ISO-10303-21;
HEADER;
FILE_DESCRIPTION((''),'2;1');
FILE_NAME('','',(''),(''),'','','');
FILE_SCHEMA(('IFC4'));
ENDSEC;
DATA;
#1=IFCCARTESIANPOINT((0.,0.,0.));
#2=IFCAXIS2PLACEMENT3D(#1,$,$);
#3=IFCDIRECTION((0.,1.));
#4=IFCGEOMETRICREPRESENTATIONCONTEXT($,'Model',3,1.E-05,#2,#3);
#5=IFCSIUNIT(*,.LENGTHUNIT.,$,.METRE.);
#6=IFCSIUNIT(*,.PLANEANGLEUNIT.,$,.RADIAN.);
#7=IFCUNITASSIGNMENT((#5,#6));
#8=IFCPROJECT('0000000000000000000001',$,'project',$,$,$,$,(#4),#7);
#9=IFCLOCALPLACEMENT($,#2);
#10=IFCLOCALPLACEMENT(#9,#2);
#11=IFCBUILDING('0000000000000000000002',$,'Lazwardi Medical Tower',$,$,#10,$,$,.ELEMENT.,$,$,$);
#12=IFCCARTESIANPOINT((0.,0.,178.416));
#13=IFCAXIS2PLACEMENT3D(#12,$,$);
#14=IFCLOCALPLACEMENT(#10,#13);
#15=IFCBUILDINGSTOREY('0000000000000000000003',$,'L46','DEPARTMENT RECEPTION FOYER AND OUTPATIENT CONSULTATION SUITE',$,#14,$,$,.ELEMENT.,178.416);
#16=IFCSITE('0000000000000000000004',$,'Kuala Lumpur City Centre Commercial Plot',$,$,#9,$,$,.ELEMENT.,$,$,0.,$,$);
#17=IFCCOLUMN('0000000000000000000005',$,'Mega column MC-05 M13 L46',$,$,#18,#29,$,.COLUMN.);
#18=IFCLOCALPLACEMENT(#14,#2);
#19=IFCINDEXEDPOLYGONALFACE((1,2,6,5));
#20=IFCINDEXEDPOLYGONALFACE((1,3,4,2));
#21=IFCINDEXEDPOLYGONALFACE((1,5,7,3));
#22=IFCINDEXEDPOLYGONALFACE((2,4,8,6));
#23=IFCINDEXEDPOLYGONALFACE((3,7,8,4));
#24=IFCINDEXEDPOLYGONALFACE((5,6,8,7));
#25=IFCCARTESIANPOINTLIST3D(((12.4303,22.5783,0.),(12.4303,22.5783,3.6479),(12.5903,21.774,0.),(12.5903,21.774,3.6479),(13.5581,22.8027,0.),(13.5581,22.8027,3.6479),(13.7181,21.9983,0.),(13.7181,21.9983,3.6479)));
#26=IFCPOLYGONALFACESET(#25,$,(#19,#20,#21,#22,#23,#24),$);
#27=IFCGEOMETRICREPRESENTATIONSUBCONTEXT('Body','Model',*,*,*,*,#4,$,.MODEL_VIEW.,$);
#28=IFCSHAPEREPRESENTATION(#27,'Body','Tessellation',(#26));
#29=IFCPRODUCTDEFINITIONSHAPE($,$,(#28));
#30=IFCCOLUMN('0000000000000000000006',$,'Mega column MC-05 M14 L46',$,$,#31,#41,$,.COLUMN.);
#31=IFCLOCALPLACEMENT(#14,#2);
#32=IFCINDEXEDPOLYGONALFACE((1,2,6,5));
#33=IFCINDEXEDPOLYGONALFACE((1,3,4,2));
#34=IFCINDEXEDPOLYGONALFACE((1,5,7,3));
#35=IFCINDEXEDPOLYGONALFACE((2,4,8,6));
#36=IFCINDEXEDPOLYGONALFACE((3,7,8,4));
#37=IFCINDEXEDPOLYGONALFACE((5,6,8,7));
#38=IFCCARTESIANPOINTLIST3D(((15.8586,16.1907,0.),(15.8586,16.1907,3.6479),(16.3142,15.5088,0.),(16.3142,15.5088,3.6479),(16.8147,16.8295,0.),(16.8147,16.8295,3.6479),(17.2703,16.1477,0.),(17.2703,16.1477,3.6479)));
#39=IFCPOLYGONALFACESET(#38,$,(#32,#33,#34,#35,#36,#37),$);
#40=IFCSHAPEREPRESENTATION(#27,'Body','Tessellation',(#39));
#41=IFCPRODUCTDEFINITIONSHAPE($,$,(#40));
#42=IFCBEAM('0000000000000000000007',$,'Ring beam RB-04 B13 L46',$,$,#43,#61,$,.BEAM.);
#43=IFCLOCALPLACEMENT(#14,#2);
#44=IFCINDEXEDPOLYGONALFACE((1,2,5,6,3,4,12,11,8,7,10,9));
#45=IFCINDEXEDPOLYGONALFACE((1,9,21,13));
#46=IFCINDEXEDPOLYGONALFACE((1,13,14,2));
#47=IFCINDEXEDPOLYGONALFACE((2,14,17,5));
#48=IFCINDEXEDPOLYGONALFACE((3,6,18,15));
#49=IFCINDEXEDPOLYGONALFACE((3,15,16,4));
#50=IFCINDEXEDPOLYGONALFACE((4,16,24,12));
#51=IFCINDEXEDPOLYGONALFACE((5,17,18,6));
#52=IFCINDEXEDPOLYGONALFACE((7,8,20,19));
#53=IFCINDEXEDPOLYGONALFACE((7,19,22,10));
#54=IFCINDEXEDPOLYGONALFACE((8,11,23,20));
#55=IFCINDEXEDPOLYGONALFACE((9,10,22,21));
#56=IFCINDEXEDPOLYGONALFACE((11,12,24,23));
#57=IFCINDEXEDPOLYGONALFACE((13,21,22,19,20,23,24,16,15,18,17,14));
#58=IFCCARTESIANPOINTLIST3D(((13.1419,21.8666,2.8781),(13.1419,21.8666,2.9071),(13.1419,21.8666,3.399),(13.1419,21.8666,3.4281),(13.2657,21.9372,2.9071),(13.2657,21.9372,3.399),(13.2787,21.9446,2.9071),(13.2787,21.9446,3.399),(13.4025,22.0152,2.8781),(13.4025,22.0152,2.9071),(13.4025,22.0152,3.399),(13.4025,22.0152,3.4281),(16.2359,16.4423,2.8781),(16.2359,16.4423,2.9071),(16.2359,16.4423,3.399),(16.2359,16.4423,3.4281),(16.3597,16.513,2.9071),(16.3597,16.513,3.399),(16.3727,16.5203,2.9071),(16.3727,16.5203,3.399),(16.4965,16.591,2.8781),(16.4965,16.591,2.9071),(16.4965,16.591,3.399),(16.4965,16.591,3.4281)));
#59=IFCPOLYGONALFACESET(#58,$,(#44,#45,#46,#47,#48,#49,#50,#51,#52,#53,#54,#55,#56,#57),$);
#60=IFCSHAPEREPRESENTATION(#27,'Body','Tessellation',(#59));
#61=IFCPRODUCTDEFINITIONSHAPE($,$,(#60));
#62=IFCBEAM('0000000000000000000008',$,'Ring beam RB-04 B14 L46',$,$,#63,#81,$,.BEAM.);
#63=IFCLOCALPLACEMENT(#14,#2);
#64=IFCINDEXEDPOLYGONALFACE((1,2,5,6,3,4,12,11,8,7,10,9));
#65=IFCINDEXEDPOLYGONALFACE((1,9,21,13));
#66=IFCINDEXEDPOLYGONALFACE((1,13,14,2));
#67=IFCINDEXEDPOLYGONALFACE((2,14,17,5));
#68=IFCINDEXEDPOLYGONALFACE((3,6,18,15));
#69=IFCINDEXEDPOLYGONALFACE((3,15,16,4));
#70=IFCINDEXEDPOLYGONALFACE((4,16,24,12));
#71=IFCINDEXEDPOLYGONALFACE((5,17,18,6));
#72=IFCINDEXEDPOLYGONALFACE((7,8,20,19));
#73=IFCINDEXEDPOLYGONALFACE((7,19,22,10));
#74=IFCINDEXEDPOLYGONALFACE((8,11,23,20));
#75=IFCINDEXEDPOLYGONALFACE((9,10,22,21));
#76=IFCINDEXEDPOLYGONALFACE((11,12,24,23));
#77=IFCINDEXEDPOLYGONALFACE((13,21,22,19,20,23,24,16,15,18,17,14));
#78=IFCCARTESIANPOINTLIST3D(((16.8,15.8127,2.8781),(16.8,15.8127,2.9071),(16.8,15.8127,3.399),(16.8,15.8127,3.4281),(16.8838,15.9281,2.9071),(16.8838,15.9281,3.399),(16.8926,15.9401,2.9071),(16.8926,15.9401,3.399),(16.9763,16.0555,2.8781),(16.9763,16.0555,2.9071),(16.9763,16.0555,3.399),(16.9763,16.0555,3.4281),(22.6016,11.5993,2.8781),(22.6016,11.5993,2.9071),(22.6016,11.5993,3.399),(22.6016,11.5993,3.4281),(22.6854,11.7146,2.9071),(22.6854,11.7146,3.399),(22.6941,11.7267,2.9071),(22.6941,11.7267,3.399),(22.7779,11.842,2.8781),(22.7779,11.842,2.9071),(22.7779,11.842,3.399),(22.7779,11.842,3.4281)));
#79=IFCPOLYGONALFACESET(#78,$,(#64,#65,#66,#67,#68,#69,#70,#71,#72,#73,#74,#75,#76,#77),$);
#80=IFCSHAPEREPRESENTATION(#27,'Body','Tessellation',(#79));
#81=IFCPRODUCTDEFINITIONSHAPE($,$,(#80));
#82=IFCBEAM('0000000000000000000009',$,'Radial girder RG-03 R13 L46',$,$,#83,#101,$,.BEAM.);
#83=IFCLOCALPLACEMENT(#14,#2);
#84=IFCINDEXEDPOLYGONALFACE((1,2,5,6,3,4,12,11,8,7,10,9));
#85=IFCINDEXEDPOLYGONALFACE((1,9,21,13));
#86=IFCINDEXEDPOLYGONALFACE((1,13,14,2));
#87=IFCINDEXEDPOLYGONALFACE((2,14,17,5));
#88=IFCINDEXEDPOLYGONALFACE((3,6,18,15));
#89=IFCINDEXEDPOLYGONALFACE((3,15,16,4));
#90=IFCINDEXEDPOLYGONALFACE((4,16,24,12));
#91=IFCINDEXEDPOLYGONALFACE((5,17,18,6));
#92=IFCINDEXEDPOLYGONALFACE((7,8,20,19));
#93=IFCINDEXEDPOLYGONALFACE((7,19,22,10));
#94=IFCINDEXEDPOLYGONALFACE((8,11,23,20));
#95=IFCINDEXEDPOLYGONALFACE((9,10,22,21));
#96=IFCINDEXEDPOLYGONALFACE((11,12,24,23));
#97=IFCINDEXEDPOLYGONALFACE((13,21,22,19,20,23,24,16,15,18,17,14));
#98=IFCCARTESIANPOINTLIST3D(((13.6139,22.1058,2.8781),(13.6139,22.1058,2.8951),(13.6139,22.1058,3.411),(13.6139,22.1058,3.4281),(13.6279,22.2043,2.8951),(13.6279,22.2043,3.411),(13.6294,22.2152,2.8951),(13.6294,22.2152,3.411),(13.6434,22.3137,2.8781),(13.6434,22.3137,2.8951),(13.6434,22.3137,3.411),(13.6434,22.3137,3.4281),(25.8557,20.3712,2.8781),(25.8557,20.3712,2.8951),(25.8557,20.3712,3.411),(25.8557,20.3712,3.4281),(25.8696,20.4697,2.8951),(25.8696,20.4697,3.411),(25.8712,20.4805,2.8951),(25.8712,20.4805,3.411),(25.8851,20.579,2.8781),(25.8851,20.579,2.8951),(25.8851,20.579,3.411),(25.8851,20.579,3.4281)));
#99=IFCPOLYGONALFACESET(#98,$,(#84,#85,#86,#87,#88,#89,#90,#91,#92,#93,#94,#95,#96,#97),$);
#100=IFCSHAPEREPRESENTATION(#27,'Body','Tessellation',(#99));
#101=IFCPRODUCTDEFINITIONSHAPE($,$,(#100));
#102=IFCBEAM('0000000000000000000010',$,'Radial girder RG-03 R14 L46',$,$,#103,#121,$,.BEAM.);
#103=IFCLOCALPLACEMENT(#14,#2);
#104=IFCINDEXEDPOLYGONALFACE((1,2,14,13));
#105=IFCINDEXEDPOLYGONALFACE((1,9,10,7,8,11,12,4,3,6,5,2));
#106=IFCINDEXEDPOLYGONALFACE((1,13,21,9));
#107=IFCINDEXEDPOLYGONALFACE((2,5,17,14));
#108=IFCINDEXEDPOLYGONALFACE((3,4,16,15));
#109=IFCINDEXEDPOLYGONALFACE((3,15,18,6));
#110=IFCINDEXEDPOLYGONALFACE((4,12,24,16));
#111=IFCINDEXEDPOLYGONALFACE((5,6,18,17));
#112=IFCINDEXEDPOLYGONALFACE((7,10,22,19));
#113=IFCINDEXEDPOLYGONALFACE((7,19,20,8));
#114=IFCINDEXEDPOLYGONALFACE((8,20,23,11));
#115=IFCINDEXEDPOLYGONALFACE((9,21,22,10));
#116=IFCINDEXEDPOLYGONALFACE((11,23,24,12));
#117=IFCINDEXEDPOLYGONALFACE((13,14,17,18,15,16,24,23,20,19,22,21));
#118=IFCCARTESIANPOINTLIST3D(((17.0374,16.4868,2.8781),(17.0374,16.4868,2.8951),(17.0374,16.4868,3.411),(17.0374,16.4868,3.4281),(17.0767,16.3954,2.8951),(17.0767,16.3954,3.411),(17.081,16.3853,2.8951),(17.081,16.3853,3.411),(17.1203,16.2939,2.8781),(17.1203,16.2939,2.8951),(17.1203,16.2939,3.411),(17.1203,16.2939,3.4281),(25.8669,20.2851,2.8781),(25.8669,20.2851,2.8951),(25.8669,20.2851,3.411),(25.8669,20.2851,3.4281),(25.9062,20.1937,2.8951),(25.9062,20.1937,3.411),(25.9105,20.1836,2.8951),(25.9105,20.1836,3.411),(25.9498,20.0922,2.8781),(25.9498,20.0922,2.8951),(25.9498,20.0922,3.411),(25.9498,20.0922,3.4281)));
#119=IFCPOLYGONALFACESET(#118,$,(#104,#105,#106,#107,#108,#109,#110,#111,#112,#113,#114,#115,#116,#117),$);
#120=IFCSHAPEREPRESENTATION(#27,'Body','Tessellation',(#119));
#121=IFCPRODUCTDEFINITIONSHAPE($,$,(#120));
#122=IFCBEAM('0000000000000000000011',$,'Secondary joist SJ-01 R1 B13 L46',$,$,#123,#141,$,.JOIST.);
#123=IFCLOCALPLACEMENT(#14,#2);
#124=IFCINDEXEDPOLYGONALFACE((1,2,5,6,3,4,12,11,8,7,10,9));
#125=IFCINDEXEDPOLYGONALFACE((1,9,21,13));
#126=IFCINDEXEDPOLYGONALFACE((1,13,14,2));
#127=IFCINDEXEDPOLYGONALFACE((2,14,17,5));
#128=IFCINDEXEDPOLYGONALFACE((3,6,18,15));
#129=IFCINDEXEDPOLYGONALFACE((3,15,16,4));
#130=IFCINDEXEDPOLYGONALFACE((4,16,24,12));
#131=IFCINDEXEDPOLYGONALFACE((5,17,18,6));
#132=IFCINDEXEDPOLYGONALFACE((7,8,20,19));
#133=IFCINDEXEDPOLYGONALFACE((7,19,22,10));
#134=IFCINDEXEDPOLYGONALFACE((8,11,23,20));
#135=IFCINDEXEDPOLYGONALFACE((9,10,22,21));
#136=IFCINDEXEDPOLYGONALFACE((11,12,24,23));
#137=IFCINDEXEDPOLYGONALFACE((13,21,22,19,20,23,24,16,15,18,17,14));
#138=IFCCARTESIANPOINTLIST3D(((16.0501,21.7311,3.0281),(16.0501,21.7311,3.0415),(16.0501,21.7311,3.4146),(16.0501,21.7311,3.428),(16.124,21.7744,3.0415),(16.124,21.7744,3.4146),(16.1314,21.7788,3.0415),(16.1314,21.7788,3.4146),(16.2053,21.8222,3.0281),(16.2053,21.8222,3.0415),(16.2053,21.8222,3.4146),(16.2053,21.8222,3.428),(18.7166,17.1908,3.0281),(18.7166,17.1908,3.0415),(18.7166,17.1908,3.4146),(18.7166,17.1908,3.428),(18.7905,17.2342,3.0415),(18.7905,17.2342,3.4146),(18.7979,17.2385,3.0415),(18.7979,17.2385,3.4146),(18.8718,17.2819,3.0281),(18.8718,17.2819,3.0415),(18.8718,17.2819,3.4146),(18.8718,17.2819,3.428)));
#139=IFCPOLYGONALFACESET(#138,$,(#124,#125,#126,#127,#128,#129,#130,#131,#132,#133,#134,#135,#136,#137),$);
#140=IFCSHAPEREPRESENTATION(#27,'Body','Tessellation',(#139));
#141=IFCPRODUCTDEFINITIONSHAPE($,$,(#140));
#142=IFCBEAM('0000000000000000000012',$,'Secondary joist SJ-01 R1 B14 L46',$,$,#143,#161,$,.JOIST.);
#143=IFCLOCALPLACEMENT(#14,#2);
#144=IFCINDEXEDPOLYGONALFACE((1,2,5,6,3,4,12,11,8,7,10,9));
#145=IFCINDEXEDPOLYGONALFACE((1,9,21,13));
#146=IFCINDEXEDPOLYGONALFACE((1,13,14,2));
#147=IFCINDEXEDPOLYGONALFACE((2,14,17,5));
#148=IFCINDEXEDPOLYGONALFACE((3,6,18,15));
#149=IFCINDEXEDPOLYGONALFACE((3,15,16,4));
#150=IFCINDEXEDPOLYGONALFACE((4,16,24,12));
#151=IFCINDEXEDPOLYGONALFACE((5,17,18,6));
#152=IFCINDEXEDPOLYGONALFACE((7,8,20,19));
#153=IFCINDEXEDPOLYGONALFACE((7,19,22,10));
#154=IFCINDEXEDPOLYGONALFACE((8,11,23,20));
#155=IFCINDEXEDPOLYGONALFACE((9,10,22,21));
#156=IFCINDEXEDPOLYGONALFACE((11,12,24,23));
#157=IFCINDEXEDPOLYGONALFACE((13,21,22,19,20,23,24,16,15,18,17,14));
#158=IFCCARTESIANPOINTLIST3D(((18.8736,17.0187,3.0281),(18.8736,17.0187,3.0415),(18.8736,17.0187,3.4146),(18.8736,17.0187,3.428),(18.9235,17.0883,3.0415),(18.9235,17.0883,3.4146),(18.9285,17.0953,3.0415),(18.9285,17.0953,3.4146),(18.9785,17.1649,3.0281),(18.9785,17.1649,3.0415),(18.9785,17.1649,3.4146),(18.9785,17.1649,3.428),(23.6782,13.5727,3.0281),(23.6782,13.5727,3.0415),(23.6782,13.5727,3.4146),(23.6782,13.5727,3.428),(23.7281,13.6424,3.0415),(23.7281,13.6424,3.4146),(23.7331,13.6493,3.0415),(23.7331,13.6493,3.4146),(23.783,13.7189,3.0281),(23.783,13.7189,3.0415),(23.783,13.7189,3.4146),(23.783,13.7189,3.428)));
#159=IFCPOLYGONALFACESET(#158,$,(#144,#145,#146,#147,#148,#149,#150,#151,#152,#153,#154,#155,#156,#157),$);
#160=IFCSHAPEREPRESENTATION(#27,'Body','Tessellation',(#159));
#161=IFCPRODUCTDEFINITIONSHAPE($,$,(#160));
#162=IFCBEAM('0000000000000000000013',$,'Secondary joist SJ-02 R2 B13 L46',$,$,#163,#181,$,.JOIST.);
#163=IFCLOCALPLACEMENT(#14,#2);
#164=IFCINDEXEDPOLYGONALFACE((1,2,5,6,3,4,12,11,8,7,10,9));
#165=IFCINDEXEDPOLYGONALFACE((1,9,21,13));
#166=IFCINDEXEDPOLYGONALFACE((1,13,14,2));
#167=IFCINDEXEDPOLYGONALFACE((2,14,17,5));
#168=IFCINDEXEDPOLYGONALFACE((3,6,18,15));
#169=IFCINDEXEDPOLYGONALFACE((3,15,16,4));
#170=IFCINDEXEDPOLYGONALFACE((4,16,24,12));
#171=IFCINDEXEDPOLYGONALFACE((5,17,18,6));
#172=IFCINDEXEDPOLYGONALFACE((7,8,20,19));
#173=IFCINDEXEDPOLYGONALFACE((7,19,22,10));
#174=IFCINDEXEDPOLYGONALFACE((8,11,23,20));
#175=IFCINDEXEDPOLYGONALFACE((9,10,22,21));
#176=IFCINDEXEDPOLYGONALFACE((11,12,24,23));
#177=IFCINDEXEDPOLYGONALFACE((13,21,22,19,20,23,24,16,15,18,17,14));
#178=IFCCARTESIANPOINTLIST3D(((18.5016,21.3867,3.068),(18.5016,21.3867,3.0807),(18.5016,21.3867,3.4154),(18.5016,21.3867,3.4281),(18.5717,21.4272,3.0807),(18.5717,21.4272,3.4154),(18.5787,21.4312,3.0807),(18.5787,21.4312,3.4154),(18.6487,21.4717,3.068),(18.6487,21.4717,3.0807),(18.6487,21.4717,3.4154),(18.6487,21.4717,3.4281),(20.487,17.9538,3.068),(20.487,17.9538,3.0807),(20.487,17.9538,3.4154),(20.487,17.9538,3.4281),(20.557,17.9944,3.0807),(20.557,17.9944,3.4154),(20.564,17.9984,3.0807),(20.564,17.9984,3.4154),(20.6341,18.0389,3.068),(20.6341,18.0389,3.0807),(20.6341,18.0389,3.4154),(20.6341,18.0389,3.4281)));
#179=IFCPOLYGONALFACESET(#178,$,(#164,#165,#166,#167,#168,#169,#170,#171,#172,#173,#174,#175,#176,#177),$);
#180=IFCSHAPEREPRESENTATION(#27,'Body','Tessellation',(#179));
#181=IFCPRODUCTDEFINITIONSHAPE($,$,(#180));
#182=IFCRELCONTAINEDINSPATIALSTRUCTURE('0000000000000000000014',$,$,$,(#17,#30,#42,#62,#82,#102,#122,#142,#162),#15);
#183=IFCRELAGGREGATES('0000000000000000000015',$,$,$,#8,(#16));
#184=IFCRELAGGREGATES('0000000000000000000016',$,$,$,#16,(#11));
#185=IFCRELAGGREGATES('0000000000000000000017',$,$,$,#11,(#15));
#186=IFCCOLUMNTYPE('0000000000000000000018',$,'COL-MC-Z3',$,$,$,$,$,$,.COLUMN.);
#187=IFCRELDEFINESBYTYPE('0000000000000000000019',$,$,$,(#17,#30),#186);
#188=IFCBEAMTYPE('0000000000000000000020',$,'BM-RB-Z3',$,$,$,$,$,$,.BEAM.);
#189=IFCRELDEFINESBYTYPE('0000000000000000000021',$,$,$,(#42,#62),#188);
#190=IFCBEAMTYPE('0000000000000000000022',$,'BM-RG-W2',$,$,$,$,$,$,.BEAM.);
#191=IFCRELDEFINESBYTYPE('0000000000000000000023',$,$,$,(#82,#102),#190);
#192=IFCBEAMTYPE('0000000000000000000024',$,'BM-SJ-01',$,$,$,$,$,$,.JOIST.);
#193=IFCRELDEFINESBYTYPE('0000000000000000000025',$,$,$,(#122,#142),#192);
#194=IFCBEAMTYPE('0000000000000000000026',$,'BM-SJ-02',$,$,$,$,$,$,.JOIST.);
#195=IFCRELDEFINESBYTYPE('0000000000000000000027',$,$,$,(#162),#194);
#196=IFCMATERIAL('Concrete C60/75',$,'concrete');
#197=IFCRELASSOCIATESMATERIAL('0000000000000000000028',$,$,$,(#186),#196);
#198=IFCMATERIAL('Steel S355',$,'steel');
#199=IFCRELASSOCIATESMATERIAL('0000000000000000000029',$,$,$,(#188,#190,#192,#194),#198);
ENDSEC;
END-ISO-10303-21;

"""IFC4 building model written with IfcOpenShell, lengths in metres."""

from ifc_helpers import new_model, si_unit, direction, frame, origin, origin_2d, place, context, subcontext, project, spatial, rectangle, i_section, extrude, material, material_profile, profile_set, type_object, element, save


model = new_model("IFC4")

# Units and contexts
model_context = context("Model", 3, precision=1e-05, world=origin(), true_north=direction((0.0, 1.0)))
body_context = subcontext(model_context, "Body", "Model", "MODEL_VIEW")
ifc_project = project(units=[si_unit("LENGTHUNIT", "METRE"), si_unit("PLANEANGLEUNIT", "RADIAN")], contexts=[model_context])

# Site, building, storey
site_placement = place(None, origin())
site = spatial("IfcSite", under=ifc_project, at=site_placement, Name="Kuala Lumpur City Centre Commercial Plot", CompositionType="ELEMENT", RefElevation=0.0)
building_placement = place(site_placement, origin())
building = spatial("IfcBuilding", under=site, at=building_placement, Name="Lazwardi Medical Tower", CompositionType="ELEMENT")
storey_placement = place(building_placement, frame((0.0, 0.0, 178.416)))
storey = spatial("IfcBuildingStorey", under=building, at=storey_placement, Name="L46", Description="DEPARTMENT RECEPTION FOYER AND OUTPATIENT CONSULTATION SUITE", CompositionType="ELEMENT", Elevation=178.416)

# Columns
ifc_material_1 = material(Name="Concrete C60/75", Category="concrete")
ifc_material_profile_1 = material_profile(ifc_material_1, rectangle(XDim=1.1499, YDim=0.8201, at=origin_2d()), Name="CFT-RECT 1150x820")
ifc_profile_set_1 = profile_set([ifc_material_profile_1], Name="Concrete C60/75")
column_type = type_object("IfcColumnType", Name="COL-MC-Z3", PredefinedType="COLUMN", material=ifc_profile_set_1)
for number, where, z_axis, x_axis, name in (
    (1, (13.0742, 22.2883, 0.0), (0.0, 0.0, 1.0), (-0.980785, -0.19509, 0.0), "Mega column MC-05 M13 L46"),
    (2, (16.5645, 16.1692, 0.0), (0.0, 0.0, 1.0), (-0.83147, -0.55557, 0.0), "Mega column MC-05 M14 L46"),
):
    element("IfcColumn", number, at=place(storey_placement, frame(where, z_axis=z_axis, x_axis=x_axis)), inside=storey, type_object=column_type, Name=name, PredefinedType="COLUMN", context=body_context, shape_type="SweptSolid", body=[
        extrude(rectangle(XDim=1.1499, YDim=0.8201, at=origin_2d()), origin(), (0.0, 0.0, 1.0), 3.6479),
    ])

# Beams
ifc_material_2 = material(Name="Steel S355", Category="steel")
ifc_material_profile_2 = material_profile(ifc_material_2, i_section(OverallWidth=0.3, OverallDepth=0.55, WebThickness=0.0149, FlangeThickness=0.0291, at=origin_2d()), Name="HEB 550")
ifc_profile_set_2 = profile_set([ifc_material_profile_2], Name="Steel S355")
beam_type_1 = type_object("IfcBeamType", Name="BM-RB-Z3", PredefinedType="BEAM", material=ifc_profile_set_2)
beam_1_placement = place(storey_placement, frame((13.2722, 21.9409, 3.1531), z_axis=(0.495461, -0.86863, 0.0), x_axis=(0.86863, 0.495461, 0.0)))
element("IfcBeam", 3, at=beam_1_placement, inside=storey, type_object=beam_type_1, Name="Ring beam RB-04 B13 L46", PredefinedType="BEAM", context=body_context, shape_type="SweptSolid", body=[
    extrude(i_section(OverallWidth=0.3, OverallDepth=0.55, WebThickness=0.0149, FlangeThickness=0.0291, at=origin_2d()), origin(), (0.0, 0.0, 1.0), 6.2446),
])
beam_2_placement = place(storey_placement, frame((16.8882, 15.9341, 3.1531), z_axis=(0.809128, -0.587633, 0.0), x_axis=(0.587633, 0.809128, 0.0)))
element("IfcBeam", 4, at=beam_2_placement, inside=storey, type_object=beam_type_1, Name="Ring beam RB-04 B14 L46", PredefinedType="BEAM", context=body_context, shape_type="SweptSolid", body=[
    extrude(i_section(OverallWidth=0.3, OverallDepth=0.55, WebThickness=0.0149, FlangeThickness=0.0291, at=origin_2d()), origin(), (0.0, 0.0, 1.0), 7.1702),
])
ifc_material_profile_3 = material_profile(ifc_material_2, i_section(OverallWidth=0.21, OverallDepth=0.55, WebThickness=0.011, FlangeThickness=0.0171, at=origin_2d()), Name="IPE 550")
ifc_profile_set_3 = profile_set([ifc_material_profile_3], Name="Steel S355")
beam_type_2 = type_object("IfcBeamType", Name="BM-RG-W2", PredefinedType="BEAM", material=ifc_profile_set_3)
beam_3_placement = place(storey_placement, frame((13.6287, 22.2097, 3.1531), z_axis=(0.99011, -0.140296, 0.0), x_axis=(0.140296, 0.99011, 0.0)))
element("IfcBeam", 5, at=beam_3_placement, inside=storey, type_object=beam_type_2, Name="Radial girder RG-03 R13 L46", PredefinedType="BEAM", context=body_context, shape_type="SweptSolid", body=[
    extrude(i_section(OverallWidth=0.21, OverallDepth=0.55, WebThickness=0.011, FlangeThickness=0.0171, at=origin_2d()), origin(), (0.0, 0.0, 1.0), 12.364),
])
beam_4_placement = place(storey_placement, frame((17.0789, 16.3904, 3.1531), z_axis=(0.918608, 0.39517, 0.0), x_axis=(-0.39517, 0.918608, 0.0)))
element("IfcBeam", 6, at=beam_4_placement, inside=storey, type_object=beam_type_2, Name="Radial girder RG-03 R14 L46", PredefinedType="BEAM", context=body_context, shape_type="SweptSolid", body=[
    extrude(i_section(OverallWidth=0.21, OverallDepth=0.55, WebThickness=0.011, FlangeThickness=0.0171, at=origin_2d()), origin(), (0.0, 0.0, 1.0), 9.6118),
])
ifc_material_profile_4 = material_profile(ifc_material_2, i_section(OverallWidth=0.1799, OverallDepth=0.3999, WebThickness=0.0085, FlangeThickness=0.0134, at=origin_2d()), Name="IPE 400")
ifc_profile_set_4 = profile_set([ifc_material_profile_4], Name="Steel S355")
beam_type_3 = type_object("IfcBeamType", Name="BM-SJ-01", PredefinedType="JOIST", material=ifc_profile_set_4)
beam_5_placement = place(storey_placement, frame((16.1277, 21.7766, 3.228), z_axis=(0.50642, -0.862287, 0.0), x_axis=(0.862287, 0.50642, 0.0)))
element("IfcBeam", 7, at=beam_5_placement, inside=storey, type_object=beam_type_3, Name="Secondary joist SJ-01 R1 B13 L46", PredefinedType="JOIST", context=body_context, shape_type="SweptSolid", body=[
    extrude(i_section(OverallWidth=0.1799, OverallDepth=0.3999, WebThickness=0.0085, FlangeThickness=0.0134, at=origin_2d()), origin(), (0.0, 0.0, 1.0), 5.2654),
])
beam_6_placement = place(storey_placement, frame((18.926, 17.0918, 3.228), z_axis=(0.812602, -0.582819, 0.0), x_axis=(0.582819, 0.812602, 0.0)))
element("IfcBeam", 8, at=beam_6_placement, inside=storey, type_object=beam_type_3, Name="Secondary joist SJ-01 R1 B14 L46", PredefinedType="JOIST", context=body_context, shape_type="SweptSolid", body=[
    extrude(i_section(OverallWidth=0.1799, OverallDepth=0.3999, WebThickness=0.0085, FlangeThickness=0.0134, at=origin_2d()), origin(), (0.0, 0.0, 1.0), 5.9126),
])
ifc_material_profile_5 = material_profile(ifc_material_2, i_section(OverallWidth=0.1699, OverallDepth=0.3601, WebThickness=0.0081, FlangeThickness=0.0127, at=origin_2d()), Name="IPE 360")
ifc_profile_set_5 = profile_set([ifc_material_profile_5], Name="Steel S355")
beam_type_4 = type_object("IfcBeamType", Name="BM-SJ-02", PredefinedType="JOIST", material=ifc_profile_set_5)
beam_7_placement = place(storey_placement, frame((18.5752, 21.4292, 3.248), z_axis=(0.500641, -0.865655, 0.0), x_axis=(0.865655, 0.500641, 0.0)))
element("IfcBeam", 9, at=beam_7_placement, inside=storey, type_object=beam_type_4, Name="Secondary joist SJ-02 R2 B13 L46", PredefinedType="JOIST", context=body_context, shape_type="SweptSolid", body=[
    extrude(i_section(OverallWidth=0.1699, OverallDepth=0.3601, WebThickness=0.0081, FlangeThickness=0.0127, at=origin_2d()), origin(), (0.0, 0.0, 1.0), 3.9656),
])

save(model, "model.ifc")
